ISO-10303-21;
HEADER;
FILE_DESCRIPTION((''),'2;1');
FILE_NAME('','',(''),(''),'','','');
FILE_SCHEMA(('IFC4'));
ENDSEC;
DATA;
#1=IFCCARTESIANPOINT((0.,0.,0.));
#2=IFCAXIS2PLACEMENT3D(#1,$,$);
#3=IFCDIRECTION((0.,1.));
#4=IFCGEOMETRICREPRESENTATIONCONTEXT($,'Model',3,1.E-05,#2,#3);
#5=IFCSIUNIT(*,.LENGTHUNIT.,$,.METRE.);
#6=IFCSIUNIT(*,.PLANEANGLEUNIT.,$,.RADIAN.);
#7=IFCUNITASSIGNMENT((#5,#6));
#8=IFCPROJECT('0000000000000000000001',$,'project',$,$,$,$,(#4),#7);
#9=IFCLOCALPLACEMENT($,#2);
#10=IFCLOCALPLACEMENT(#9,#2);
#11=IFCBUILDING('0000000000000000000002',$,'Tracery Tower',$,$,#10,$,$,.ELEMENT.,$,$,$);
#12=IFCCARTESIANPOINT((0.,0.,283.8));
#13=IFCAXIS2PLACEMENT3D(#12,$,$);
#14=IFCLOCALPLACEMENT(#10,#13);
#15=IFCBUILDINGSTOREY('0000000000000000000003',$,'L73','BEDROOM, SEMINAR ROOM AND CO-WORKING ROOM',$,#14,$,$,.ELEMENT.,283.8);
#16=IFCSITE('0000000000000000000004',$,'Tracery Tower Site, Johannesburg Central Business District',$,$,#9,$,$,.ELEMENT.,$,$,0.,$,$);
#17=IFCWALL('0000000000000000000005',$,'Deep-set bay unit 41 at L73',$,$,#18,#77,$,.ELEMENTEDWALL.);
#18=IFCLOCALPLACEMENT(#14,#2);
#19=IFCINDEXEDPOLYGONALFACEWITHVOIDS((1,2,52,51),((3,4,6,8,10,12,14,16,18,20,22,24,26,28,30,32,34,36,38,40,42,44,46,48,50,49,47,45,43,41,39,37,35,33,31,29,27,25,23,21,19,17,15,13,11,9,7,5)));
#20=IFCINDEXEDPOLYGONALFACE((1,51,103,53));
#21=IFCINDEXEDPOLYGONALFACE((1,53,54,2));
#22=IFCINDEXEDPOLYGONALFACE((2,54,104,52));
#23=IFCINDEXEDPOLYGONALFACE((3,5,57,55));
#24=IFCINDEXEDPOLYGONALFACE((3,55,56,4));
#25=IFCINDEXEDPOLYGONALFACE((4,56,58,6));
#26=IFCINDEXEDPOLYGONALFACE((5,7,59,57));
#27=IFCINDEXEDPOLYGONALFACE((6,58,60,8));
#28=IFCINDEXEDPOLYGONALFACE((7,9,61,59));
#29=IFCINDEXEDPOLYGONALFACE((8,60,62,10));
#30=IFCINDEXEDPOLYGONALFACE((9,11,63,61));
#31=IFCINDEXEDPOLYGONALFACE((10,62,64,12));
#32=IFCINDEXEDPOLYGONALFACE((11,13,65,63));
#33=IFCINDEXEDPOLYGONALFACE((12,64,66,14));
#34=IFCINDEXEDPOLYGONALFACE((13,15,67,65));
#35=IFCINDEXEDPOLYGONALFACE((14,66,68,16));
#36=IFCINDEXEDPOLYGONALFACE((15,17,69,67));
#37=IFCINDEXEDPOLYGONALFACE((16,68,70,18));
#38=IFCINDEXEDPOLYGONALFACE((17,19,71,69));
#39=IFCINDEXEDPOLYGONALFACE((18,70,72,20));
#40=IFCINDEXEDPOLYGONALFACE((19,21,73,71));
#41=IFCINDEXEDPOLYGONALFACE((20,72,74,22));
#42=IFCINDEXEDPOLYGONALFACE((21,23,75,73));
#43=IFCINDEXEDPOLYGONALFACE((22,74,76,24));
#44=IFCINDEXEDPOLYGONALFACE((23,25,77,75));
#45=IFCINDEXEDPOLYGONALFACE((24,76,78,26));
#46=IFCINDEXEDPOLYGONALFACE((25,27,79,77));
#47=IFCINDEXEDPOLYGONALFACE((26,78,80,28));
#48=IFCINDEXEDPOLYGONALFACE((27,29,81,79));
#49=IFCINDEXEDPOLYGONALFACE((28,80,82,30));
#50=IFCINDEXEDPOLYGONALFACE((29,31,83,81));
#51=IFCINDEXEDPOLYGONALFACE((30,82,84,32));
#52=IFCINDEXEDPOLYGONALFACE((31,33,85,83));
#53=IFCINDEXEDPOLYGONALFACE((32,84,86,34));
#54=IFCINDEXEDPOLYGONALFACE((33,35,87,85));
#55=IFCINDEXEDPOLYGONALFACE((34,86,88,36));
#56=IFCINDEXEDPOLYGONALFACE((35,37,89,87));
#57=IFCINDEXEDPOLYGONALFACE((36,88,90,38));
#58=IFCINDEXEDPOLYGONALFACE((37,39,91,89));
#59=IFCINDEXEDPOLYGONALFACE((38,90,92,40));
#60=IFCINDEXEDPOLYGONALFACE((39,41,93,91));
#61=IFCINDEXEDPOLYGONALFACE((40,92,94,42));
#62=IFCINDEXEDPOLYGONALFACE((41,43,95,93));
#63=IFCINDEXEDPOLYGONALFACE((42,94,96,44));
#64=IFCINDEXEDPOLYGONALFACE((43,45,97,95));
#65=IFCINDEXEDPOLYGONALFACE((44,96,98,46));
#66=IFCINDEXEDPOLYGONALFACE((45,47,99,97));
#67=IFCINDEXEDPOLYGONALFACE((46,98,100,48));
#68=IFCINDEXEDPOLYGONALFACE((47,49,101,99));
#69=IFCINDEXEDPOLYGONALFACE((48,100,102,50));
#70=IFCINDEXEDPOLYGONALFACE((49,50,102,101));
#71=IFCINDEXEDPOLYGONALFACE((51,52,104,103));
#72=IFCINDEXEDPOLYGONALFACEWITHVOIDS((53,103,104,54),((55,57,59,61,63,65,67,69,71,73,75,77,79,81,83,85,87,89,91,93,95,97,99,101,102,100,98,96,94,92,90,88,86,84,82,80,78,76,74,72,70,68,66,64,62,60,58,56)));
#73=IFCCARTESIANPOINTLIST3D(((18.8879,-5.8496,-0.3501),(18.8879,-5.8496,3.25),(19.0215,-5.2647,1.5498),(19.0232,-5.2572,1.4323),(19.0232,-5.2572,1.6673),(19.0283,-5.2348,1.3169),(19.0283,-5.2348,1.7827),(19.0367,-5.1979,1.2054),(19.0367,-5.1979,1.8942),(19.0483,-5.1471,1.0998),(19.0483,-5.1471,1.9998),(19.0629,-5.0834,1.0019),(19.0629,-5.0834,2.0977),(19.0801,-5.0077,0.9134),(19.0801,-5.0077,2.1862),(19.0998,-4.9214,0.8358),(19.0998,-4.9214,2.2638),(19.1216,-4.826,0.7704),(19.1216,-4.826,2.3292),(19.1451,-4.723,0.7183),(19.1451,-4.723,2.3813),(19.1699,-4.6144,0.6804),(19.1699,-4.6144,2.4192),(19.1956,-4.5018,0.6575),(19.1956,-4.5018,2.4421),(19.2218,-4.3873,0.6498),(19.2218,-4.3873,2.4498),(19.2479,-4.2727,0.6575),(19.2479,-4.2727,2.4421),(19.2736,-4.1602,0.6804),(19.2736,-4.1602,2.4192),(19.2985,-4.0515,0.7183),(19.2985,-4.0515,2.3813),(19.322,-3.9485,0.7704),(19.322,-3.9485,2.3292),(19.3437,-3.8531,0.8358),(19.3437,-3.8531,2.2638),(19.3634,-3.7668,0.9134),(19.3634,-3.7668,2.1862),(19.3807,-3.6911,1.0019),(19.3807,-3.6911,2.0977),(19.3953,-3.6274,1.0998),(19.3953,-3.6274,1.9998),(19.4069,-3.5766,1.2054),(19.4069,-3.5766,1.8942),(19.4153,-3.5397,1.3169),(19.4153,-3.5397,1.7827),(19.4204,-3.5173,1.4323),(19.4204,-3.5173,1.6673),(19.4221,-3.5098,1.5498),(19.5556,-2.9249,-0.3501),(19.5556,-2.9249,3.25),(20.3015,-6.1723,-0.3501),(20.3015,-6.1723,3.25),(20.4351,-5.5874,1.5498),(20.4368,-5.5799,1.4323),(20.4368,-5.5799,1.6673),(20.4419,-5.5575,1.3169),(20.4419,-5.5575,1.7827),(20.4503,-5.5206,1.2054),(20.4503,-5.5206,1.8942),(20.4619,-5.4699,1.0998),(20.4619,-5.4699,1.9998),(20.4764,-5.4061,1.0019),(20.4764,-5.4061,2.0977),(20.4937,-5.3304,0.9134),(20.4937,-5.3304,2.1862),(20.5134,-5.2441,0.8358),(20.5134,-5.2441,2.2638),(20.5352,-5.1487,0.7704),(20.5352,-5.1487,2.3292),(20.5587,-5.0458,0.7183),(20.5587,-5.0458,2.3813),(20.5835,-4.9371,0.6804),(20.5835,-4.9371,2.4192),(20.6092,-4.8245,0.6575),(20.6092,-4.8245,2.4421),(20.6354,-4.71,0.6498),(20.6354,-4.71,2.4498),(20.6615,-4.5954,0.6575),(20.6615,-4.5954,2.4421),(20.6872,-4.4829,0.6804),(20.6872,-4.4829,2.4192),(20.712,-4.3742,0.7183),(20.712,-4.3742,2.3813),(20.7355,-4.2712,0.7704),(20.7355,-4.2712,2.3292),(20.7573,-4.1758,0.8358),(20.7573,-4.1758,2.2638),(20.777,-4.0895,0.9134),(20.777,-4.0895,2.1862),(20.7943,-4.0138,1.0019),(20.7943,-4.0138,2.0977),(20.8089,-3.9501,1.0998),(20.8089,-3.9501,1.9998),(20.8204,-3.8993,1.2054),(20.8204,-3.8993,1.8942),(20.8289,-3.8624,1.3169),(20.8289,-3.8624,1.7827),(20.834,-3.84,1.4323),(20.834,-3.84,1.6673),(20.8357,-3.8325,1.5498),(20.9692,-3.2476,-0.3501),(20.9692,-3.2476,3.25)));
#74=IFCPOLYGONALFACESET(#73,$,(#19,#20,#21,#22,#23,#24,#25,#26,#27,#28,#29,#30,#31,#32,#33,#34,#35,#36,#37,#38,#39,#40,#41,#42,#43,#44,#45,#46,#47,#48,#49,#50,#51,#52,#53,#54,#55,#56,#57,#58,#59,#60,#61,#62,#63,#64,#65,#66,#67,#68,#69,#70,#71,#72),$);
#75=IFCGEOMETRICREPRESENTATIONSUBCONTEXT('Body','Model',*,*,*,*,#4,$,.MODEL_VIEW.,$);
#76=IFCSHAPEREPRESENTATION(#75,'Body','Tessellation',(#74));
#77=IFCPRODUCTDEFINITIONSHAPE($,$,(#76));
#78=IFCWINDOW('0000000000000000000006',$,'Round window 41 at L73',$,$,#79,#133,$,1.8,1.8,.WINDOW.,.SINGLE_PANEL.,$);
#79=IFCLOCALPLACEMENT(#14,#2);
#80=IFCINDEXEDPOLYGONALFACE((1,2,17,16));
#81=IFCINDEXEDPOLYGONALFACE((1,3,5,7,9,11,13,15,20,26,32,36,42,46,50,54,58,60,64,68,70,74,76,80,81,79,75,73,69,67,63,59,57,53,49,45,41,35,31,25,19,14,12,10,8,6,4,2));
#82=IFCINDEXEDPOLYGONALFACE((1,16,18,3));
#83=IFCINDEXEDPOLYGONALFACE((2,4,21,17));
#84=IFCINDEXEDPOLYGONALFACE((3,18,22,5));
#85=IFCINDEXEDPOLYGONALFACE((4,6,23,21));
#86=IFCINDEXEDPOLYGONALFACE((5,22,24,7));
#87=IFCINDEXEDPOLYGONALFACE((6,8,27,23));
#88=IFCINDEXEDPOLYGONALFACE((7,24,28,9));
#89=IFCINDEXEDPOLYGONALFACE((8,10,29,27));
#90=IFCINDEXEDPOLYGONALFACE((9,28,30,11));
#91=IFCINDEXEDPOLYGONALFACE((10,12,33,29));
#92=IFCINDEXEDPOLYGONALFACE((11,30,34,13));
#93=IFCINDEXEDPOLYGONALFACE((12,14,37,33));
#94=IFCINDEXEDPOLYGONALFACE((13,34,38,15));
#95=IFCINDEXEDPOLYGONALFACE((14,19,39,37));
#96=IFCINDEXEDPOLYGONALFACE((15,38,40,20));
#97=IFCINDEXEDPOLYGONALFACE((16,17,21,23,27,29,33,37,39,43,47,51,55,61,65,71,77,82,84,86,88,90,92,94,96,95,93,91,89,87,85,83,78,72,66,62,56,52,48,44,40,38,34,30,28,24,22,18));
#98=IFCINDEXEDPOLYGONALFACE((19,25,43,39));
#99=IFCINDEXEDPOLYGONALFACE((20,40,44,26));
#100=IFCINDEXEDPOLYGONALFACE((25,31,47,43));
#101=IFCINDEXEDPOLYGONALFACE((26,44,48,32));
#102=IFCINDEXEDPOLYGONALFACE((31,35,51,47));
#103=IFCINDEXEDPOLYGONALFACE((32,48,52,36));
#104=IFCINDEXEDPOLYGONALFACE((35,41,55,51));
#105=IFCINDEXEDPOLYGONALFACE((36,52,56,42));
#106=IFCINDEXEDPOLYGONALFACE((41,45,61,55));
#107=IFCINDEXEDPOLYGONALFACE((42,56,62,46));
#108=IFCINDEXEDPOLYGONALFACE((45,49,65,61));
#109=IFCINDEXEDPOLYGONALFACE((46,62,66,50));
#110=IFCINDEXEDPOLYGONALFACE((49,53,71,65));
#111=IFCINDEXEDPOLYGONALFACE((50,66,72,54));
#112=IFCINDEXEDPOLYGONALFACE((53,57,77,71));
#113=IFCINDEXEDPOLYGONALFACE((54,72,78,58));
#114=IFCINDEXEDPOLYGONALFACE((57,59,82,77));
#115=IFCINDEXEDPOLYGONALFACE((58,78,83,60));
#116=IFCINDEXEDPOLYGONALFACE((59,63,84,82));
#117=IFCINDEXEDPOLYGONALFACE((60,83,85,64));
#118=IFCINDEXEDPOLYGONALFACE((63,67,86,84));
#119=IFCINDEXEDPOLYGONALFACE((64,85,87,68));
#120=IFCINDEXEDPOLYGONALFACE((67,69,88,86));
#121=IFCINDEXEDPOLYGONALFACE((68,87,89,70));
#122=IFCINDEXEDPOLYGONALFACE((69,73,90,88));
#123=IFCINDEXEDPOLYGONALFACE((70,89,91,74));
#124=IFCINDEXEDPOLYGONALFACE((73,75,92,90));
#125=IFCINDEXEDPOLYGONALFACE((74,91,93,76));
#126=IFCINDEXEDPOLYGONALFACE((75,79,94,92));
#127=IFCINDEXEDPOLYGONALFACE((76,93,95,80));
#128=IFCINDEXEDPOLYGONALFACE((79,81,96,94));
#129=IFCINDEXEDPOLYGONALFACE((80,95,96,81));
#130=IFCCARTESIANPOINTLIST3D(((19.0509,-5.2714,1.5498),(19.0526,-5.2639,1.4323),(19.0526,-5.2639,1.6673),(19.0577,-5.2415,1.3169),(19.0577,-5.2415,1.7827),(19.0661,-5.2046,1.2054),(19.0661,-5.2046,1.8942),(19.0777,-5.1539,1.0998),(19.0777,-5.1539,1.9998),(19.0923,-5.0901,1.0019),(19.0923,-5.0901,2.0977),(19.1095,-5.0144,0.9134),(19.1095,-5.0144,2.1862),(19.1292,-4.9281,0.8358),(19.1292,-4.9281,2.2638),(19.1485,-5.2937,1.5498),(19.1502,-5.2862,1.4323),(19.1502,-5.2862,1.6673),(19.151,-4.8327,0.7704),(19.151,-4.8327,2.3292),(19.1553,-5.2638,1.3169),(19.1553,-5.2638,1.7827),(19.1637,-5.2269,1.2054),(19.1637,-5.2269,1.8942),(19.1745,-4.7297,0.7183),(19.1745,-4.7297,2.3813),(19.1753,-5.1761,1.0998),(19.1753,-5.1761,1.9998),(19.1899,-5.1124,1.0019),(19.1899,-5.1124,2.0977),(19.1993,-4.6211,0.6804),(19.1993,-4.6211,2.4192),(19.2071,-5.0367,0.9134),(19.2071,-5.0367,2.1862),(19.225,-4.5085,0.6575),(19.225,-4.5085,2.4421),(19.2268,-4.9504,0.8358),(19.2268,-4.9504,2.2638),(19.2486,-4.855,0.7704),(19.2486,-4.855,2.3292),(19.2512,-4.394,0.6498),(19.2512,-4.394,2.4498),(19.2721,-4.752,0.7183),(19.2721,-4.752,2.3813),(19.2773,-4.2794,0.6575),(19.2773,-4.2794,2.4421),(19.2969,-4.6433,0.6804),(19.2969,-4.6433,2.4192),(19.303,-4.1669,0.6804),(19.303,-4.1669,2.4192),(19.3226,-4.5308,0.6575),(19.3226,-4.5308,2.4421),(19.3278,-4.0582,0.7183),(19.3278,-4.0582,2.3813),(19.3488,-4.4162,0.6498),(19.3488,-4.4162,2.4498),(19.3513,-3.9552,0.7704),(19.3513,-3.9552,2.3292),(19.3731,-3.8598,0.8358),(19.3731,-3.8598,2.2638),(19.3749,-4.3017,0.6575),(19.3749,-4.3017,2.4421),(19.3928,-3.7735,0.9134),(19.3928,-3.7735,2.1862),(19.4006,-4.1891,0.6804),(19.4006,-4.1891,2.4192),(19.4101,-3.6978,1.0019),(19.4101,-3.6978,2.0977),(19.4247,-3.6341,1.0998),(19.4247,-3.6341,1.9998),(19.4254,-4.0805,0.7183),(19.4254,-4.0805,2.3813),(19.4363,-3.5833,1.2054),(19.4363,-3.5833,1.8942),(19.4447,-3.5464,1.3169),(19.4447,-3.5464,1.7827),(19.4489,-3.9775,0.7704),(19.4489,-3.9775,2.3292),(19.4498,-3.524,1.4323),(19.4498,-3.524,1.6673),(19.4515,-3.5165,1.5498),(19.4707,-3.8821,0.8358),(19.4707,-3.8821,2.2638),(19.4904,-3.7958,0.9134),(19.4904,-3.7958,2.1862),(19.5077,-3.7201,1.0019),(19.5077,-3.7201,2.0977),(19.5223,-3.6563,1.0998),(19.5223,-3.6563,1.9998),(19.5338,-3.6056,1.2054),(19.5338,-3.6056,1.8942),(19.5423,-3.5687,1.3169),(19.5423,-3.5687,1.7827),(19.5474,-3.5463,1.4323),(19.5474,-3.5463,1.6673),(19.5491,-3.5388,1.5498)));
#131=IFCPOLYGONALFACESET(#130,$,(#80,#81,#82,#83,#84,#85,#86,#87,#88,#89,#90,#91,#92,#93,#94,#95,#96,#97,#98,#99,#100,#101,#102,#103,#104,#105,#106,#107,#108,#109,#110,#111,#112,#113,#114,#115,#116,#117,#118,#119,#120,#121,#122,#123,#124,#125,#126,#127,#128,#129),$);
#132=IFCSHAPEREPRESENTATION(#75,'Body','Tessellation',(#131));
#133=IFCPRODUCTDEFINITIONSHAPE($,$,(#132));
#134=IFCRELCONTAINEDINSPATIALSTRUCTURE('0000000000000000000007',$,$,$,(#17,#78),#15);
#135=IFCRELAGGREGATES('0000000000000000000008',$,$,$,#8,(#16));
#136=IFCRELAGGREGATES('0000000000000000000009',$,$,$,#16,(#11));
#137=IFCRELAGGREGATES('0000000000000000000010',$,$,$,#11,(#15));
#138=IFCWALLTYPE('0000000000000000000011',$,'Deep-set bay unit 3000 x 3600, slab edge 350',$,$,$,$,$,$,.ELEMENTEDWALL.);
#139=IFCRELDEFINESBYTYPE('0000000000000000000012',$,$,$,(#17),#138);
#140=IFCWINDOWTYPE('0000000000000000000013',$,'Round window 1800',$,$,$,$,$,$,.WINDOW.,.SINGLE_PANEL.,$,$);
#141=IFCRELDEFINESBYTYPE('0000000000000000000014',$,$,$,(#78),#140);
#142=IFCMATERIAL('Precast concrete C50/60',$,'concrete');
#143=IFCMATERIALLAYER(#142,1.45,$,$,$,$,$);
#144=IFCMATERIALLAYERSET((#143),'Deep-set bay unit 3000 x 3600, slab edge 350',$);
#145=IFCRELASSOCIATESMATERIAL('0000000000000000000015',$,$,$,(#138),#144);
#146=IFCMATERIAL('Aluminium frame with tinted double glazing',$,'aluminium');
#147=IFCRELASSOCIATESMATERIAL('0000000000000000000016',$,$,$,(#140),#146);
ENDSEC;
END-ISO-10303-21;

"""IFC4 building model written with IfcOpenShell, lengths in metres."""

from ifc_helpers import new_model, si_unit, direction, frame, frame_2d, origin, origin_2d, place, context, subcontext, project, spatial, rectangle, circle, extrude, material, layer, layer_set, type_object, element, fill, save


model = new_model("IFC4")

# Units and contexts
model_context = context("Model", 3, precision=1e-05, world=origin(), true_north=direction((0.0, 1.0)))
body_context = subcontext(model_context, "Body", "Model", "MODEL_VIEW")
ifc_project = project(units=[si_unit("LENGTHUNIT", "METRE"), si_unit("PLANEANGLEUNIT", "RADIAN")], contexts=[model_context])

# Site, building, storey
site_placement = place(None, origin())
site = spatial("IfcSite", under=ifc_project, at=site_placement, Name="Tracery Tower Site, Johannesburg Central Business District", CompositionType="ELEMENT", RefElevation=0.0)
building_placement = place(site_placement, origin())
building = spatial("IfcBuilding", under=site, at=building_placement, Name="Tracery Tower", CompositionType="ELEMENT")
storey_placement = place(building_placement, frame((0.0, 0.0, 283.8)))
storey = spatial("IfcBuildingStorey", under=building, at=storey_placement, Name="L73", Description="BEDROOM, SEMINAR ROOM AND CO-WORKING ROOM", CompositionType="ELEMENT", Elevation=283.8)

# Wall, opening, window
ifc_material_1 = material(Name="Precast concrete C50/60", Category="concrete")
ifc_layer_1 = layer(ifc_material_1, 1.45)
ifc_layer_set_1 = layer_set([ifc_layer_1], Name="Deep-set bay unit 3000 x 3600, slab edge 350")
wall_type_1 = type_object("IfcWallType", Name="Deep-set bay unit 3000 x 3600, slab edge 350", PredefinedType="ELEMENTEDWALL", material=ifc_layer_set_1)
wall_1_placement = place(storey_placement, frame((19.5947, -6.011, -0.3501), z_axis=(0.0, 0.0, 1.0), x_axis=(0.222571, 0.974917, 0.0)))
wall_1 = element("IfcWall", 1, at=wall_1_placement, inside=storey, type_object=wall_type_1, Name="Deep-set bay unit 41 at L73", PredefinedType="ELEMENTEDWALL", context=body_context, shape_type="SweptSolid", body=[
    extrude(rectangle(XDim=3.0, YDim=1.45, at=frame_2d((1.5, 0.0))), origin(), (0.0, 0.0, 1.0), 3.6001),
])
opening_1_placement = place(wall_1_placement, frame((1.5, 0.0, 1.8999)))
opening_1 = element("IfcOpeningElement", 2, at=opening_1_placement, cuts=wall_1, PredefinedType="OPENING", context=body_context, shape_type="SweptSolid", body=[
    extrude(circle(Radius=0.9, at=origin_2d()), frame((0.0, 0.7349, 0.0), z_axis=(0.0, -1.0, 0.0), x_axis=(1.0, 0.0, 0.0)), (0.0, 0.0, 1.0), 1.47),
])
ifc_material_2 = material(Name="Aluminium frame with tinted double glazing", Category="aluminium")
window_type = type_object("IfcWindowType", Name="Round window 1800", PartitioningType="SINGLE_PANEL", PredefinedType="WINDOW", material=ifc_material_2)
window_1_placement = place(opening_1_placement, origin())
window_1 = element("IfcWindow", 3, at=window_1_placement, inside=storey, type_object=window_type, Name="Round window 41 at L73", OverallHeight=1.8, OverallWidth=1.8, PartitioningType="SINGLE_PANEL", PredefinedType="WINDOW", context=body_context, shape_type="SweptSolid", body=[
    extrude(circle(Radius=0.9, at=origin_2d()), frame((0.0, 0.6948, 0.0), z_axis=(0.0, -1.0, 0.0), x_axis=(1.0, 0.0, 0.0)), (0.0, 0.0, 1.0), 0.1001),
])
fill(opening_1, window_1)

save(model, "model.ifc")
